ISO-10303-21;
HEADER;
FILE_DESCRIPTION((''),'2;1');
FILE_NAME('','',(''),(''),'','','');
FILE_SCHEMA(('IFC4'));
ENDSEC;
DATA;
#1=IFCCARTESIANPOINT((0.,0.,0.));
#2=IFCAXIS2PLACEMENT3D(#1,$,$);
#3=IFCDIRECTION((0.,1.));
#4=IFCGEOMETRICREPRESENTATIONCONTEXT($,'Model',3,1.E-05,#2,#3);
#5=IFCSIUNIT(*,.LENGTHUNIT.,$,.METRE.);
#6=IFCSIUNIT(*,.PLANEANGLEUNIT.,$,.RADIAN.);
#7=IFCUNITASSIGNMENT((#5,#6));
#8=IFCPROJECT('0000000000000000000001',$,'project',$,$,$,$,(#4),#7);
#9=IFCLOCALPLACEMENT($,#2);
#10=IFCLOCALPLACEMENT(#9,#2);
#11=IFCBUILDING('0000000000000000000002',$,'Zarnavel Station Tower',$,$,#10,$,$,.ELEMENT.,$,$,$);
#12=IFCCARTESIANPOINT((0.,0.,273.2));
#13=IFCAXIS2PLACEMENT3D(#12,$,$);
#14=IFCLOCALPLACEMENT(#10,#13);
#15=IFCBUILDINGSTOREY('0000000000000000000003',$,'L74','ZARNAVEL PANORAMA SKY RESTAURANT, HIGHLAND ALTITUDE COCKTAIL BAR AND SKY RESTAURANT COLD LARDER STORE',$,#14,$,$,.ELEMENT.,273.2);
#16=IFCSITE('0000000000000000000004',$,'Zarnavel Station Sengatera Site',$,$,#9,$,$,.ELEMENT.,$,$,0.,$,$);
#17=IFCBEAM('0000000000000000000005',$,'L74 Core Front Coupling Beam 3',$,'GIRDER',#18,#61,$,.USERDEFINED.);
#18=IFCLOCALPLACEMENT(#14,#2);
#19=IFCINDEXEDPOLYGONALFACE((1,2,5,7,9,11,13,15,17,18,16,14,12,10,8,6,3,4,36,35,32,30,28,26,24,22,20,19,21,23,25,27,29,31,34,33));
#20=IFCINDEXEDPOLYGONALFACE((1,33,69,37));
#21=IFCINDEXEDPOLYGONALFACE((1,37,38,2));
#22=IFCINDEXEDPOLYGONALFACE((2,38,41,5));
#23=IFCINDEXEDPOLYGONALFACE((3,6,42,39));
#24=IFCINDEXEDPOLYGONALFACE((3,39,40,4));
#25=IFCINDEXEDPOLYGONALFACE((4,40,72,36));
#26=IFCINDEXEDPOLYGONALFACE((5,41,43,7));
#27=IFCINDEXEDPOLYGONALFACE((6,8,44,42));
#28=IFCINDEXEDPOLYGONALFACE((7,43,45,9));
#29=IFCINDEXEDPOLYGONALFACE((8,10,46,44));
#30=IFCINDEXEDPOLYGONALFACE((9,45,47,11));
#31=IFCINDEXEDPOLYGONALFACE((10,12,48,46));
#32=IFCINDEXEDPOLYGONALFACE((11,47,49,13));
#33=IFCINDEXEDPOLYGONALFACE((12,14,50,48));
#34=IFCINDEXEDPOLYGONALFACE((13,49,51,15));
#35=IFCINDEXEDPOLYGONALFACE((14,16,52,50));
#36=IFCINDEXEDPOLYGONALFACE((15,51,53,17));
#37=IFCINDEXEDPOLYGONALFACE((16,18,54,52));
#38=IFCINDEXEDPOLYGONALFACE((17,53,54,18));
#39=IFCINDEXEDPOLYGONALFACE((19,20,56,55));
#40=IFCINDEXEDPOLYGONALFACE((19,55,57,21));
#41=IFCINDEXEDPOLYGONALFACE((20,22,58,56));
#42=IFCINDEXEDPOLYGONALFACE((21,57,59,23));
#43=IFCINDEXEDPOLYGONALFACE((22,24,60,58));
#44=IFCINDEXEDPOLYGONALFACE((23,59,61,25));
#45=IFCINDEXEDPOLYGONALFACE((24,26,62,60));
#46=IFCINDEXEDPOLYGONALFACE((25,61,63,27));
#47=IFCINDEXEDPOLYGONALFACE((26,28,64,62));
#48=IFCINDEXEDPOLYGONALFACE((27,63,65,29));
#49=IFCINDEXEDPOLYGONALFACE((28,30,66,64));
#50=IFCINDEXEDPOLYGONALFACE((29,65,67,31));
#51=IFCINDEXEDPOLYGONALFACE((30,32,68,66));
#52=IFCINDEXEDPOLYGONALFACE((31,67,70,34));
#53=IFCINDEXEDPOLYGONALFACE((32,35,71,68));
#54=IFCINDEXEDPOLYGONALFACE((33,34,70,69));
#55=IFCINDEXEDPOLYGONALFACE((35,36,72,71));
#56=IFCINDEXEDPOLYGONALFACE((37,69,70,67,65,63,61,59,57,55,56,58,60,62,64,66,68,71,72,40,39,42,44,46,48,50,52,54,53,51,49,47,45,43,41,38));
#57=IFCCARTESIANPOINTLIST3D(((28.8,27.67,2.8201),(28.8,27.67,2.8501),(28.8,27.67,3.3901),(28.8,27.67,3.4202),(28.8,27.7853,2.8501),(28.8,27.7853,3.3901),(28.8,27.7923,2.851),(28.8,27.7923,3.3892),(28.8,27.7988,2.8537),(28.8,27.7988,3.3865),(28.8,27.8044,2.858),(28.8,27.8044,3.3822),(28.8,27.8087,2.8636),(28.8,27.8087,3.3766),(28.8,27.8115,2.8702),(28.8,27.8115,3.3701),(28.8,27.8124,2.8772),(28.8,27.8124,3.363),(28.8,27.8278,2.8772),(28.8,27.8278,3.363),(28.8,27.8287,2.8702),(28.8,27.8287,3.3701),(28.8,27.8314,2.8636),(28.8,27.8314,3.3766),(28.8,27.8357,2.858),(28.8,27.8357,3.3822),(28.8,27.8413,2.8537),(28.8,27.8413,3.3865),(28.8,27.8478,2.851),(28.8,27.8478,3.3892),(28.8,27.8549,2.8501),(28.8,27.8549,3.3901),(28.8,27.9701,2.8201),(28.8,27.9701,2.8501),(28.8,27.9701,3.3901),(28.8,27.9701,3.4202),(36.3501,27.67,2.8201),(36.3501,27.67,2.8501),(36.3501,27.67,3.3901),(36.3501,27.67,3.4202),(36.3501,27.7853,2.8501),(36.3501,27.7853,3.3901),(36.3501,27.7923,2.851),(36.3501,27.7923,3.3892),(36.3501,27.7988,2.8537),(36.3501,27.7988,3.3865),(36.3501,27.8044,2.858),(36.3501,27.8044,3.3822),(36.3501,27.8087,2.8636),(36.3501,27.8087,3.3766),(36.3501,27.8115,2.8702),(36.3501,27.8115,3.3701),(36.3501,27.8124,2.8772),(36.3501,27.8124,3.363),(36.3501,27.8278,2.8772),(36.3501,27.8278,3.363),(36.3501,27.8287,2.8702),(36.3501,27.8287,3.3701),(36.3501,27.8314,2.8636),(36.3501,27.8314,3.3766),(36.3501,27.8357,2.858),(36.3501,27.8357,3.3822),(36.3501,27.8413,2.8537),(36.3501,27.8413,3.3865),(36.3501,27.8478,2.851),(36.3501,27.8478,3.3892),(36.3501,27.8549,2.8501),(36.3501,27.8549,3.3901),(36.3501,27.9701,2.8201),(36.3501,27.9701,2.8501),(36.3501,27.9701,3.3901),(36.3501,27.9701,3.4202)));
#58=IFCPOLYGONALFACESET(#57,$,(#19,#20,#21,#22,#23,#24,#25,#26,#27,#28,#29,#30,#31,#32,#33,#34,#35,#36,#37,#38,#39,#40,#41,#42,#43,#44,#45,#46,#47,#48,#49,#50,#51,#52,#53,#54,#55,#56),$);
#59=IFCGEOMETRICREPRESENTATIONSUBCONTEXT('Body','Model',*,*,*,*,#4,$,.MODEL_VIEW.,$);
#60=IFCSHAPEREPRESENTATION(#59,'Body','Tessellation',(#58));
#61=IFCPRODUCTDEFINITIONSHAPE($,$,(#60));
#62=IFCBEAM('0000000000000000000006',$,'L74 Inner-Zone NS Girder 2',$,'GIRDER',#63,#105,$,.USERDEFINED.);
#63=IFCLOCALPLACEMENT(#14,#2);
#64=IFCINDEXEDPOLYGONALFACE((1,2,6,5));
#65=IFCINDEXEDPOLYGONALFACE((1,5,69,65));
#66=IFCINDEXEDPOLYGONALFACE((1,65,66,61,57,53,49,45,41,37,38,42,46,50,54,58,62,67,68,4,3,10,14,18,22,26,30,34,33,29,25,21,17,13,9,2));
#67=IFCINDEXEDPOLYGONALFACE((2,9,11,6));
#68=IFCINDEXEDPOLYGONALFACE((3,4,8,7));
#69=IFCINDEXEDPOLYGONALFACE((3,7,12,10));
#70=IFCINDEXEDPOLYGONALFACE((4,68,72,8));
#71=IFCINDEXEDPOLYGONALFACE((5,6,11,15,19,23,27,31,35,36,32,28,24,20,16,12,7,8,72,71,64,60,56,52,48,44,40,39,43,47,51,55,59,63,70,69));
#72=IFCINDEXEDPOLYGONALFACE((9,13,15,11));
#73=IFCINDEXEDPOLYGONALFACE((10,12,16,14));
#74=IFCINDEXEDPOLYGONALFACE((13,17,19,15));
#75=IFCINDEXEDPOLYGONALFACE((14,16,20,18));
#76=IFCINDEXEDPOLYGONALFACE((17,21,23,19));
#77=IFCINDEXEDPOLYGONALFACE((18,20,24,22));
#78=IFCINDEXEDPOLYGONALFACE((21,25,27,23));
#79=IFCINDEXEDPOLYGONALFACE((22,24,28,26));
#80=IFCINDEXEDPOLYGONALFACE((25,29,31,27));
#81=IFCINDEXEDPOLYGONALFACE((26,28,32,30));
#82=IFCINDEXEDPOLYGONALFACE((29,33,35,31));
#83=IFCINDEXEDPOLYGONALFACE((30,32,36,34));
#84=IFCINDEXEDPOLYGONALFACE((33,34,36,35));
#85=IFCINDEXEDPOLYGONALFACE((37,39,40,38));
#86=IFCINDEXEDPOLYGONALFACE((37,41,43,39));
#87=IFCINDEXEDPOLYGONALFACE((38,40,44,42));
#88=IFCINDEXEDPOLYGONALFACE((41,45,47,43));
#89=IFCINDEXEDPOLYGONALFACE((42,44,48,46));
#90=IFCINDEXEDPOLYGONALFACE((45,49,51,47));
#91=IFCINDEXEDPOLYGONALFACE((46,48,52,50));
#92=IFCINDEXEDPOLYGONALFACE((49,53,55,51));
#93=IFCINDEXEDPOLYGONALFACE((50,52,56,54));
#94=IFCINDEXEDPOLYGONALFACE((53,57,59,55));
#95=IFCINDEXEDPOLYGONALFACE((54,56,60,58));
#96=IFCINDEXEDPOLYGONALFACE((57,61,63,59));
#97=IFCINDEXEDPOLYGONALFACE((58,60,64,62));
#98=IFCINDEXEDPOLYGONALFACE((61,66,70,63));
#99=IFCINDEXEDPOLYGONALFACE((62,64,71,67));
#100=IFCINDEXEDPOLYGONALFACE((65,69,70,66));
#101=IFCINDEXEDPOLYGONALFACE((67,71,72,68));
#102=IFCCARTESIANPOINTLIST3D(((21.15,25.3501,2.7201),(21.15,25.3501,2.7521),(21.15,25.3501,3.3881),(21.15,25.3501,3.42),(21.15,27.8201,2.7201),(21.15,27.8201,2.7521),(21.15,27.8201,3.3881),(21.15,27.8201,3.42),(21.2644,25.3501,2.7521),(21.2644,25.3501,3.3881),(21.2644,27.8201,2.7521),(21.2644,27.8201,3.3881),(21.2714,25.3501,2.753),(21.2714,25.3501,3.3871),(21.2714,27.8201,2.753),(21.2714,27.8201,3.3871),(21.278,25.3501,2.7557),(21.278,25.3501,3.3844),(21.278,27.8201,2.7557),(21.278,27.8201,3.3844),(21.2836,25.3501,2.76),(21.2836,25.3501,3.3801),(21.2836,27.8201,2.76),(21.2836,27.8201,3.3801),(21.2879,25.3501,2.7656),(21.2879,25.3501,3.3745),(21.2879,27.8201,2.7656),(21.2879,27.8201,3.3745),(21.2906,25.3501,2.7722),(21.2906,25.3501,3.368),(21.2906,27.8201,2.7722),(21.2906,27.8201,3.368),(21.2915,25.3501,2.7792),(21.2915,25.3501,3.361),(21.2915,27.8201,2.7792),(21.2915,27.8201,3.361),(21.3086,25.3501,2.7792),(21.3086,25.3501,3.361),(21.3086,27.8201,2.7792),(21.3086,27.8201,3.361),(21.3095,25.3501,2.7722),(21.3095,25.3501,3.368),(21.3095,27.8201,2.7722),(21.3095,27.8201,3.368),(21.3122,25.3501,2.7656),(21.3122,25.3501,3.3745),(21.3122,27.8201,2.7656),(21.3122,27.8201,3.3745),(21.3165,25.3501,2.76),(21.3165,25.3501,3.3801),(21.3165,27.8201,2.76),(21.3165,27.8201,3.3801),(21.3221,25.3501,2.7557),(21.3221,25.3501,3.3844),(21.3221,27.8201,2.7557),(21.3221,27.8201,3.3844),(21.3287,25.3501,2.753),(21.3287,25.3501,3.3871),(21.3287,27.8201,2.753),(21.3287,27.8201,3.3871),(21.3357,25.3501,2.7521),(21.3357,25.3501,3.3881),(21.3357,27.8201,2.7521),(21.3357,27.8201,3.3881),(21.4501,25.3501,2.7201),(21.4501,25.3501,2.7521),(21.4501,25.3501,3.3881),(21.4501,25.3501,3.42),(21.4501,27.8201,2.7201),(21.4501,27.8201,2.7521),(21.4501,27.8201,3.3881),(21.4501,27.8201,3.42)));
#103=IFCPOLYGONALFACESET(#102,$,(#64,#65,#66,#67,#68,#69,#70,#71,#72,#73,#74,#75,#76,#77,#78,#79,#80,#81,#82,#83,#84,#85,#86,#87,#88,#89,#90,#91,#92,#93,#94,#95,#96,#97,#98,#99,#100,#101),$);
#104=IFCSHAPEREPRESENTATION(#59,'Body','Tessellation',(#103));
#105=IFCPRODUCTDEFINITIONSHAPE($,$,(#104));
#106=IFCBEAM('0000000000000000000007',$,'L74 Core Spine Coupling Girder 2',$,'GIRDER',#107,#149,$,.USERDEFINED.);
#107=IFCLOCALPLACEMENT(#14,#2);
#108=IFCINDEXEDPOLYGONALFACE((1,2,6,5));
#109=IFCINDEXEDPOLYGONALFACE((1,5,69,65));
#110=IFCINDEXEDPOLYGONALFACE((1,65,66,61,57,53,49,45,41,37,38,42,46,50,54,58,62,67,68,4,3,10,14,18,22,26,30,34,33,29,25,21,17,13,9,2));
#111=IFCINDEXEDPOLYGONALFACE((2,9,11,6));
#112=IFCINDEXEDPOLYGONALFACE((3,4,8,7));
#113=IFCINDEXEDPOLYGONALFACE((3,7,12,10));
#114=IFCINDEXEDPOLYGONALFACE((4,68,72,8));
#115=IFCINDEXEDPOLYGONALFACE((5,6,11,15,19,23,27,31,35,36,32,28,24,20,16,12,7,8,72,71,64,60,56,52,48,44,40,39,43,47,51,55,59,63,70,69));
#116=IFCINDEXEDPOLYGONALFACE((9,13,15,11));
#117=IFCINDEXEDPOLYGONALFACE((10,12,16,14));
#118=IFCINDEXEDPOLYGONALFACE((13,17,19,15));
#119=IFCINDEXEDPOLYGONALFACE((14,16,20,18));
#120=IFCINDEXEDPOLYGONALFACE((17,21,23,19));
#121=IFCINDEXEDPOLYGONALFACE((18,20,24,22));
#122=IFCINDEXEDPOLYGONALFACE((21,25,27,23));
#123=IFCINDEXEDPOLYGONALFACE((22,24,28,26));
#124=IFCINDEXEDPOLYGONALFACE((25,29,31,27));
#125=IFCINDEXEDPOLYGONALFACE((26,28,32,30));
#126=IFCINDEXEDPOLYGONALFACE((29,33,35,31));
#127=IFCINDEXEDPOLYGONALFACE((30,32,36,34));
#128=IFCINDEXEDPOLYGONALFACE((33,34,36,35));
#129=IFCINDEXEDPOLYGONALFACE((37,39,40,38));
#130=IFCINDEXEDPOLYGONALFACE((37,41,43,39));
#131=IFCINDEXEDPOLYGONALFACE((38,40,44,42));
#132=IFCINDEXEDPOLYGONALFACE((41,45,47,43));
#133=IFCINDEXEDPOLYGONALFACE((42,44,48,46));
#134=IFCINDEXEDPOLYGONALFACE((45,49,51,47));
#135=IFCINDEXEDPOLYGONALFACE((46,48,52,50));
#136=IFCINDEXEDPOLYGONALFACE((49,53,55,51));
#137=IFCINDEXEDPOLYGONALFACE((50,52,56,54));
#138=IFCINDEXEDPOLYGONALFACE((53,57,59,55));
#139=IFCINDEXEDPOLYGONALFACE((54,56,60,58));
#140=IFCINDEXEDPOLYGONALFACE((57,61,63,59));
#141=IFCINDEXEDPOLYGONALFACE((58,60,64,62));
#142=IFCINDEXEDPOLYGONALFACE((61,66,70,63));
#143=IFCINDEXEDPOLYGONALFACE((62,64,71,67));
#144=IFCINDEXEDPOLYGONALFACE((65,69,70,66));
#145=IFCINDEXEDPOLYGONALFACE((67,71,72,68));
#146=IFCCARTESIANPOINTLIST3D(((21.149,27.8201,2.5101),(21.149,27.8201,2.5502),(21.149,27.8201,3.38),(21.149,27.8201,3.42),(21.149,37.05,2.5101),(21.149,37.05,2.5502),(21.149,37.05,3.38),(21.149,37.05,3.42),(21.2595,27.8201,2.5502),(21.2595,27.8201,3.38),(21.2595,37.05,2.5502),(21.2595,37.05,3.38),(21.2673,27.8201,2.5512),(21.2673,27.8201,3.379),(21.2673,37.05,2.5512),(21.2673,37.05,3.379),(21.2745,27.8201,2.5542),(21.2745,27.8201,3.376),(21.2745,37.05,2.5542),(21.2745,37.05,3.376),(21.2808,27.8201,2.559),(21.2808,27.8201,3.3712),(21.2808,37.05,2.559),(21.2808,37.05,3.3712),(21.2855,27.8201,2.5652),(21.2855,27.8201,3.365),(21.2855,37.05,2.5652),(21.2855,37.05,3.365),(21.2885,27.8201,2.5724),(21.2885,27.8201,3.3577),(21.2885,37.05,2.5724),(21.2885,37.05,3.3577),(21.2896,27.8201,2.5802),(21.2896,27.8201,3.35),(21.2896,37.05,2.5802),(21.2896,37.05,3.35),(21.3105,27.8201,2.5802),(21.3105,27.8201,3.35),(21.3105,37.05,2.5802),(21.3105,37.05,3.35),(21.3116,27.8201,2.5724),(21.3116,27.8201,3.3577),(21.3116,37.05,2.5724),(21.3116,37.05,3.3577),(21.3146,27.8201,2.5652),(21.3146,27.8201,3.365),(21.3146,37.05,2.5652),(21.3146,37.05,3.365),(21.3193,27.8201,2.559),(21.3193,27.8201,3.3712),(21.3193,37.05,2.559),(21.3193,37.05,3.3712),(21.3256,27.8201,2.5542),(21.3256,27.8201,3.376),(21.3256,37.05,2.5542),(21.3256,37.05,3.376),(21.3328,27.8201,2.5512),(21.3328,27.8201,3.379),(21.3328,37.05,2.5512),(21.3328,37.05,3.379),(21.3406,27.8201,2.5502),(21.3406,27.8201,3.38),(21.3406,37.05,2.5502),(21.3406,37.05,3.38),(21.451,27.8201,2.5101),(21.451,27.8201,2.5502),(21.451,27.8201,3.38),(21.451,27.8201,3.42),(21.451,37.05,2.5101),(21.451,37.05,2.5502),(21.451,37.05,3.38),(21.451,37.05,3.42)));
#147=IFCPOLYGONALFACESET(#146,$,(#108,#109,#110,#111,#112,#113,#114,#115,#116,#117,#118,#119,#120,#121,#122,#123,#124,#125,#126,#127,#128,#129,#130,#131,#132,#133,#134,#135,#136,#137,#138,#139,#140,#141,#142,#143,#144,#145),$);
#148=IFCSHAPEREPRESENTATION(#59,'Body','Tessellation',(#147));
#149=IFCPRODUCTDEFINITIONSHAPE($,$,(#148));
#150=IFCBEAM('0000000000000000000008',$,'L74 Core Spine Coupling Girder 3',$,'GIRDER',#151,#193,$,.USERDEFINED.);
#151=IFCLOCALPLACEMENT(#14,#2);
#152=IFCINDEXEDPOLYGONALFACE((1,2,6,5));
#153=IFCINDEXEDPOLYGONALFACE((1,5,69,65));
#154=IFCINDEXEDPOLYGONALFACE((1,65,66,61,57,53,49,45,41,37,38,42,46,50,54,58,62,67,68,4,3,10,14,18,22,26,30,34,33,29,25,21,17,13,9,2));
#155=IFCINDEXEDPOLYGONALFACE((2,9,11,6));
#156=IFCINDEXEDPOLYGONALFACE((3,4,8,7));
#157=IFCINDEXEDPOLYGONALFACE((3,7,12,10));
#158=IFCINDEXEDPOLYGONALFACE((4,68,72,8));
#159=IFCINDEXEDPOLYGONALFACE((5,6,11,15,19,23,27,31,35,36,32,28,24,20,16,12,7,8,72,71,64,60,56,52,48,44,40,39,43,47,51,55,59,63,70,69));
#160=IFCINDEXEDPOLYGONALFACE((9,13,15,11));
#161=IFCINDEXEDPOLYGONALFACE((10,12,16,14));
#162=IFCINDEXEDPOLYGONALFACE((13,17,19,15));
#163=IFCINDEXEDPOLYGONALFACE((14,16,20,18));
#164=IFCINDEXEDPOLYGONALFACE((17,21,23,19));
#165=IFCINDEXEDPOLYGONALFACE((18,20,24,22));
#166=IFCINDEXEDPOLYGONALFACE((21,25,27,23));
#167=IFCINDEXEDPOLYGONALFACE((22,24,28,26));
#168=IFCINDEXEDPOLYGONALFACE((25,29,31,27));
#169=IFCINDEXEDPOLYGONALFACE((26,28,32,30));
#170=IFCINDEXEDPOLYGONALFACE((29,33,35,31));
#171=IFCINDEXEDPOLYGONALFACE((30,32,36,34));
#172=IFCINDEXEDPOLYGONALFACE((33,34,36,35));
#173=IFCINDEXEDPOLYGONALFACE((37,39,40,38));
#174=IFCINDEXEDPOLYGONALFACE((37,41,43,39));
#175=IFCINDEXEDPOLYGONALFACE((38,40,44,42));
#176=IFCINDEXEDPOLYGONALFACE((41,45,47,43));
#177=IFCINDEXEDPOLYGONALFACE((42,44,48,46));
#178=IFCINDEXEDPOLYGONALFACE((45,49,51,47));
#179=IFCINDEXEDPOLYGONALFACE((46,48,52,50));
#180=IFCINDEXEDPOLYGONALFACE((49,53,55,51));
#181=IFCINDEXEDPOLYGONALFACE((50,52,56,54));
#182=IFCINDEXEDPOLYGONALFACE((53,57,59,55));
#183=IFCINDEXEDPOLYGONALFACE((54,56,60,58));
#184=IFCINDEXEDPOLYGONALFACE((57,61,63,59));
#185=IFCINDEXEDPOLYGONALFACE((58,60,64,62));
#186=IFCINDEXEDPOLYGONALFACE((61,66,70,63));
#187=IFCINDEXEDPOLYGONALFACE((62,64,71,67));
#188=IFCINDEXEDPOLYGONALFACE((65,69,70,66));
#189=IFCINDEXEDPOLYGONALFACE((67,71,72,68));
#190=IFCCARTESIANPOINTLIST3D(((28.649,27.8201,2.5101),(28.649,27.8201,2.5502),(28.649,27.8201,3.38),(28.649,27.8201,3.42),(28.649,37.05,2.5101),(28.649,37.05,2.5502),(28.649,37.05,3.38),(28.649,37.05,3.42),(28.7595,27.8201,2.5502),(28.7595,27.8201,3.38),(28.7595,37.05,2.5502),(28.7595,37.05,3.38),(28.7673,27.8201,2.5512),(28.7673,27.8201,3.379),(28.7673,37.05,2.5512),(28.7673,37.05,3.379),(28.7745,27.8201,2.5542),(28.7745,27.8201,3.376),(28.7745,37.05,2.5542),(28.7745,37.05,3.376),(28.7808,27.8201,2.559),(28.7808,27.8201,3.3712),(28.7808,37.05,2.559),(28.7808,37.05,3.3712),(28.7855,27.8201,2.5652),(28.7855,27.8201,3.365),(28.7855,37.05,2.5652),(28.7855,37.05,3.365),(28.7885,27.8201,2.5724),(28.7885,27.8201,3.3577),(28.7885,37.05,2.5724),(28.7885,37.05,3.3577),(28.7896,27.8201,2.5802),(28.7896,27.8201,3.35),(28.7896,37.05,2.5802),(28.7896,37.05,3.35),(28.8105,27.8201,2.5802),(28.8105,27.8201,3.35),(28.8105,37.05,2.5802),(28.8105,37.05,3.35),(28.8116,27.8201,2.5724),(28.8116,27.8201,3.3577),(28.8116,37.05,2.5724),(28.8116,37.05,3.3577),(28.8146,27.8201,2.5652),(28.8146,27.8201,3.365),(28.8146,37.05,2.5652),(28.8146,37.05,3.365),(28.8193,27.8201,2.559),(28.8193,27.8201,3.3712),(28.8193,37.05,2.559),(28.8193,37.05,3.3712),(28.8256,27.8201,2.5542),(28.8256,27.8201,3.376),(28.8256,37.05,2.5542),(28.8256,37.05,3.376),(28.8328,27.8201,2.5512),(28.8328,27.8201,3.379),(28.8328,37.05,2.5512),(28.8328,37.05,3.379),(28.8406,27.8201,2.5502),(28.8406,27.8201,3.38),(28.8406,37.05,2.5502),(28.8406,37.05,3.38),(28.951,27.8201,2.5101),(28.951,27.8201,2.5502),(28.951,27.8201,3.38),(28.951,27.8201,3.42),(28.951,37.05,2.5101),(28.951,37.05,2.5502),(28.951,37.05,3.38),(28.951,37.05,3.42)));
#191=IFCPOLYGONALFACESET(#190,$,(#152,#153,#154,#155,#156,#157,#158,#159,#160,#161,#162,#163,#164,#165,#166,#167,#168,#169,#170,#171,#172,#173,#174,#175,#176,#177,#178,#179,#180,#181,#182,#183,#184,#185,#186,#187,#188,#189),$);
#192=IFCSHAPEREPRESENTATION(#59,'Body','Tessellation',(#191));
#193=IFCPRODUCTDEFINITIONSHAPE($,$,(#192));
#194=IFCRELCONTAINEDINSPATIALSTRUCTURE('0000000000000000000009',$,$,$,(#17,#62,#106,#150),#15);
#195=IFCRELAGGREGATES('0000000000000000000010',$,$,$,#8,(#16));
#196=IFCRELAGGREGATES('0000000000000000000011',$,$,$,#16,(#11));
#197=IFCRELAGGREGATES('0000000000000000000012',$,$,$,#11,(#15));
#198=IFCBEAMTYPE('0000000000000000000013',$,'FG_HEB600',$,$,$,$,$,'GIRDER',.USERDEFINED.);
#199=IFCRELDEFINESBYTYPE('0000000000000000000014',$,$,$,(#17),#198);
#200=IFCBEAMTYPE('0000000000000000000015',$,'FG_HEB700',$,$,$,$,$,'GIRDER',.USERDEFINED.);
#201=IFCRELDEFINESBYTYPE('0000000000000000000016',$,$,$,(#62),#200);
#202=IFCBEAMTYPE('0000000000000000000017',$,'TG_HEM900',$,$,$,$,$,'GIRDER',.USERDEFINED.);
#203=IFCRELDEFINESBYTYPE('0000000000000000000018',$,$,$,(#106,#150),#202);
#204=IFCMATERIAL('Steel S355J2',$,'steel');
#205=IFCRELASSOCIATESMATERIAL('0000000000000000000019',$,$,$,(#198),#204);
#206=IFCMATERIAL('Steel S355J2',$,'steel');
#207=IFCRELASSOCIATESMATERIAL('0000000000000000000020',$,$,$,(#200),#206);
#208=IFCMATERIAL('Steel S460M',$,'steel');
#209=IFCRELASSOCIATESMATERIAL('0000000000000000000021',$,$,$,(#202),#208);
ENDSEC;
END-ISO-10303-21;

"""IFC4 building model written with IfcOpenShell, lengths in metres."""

from ifc_helpers import new_model, si_unit, direction, frame, origin, origin_2d, place, context, subcontext, project, spatial, i_section, extrude, material, material_profile, profile_set, type_object, element, save


model = new_model("IFC4")

# Units and contexts
model_context = context("Model", 3, precision=1e-05, world=origin(), true_north=direction((0.0, 1.0)))
body_context = subcontext(model_context, "Body", "Model", "MODEL_VIEW")
ifc_project = project(units=[si_unit("LENGTHUNIT", "METRE"), si_unit("PLANEANGLEUNIT", "RADIAN")], contexts=[model_context])

# Site, building, storey
site_placement = place(None, origin())
site = spatial("IfcSite", under=ifc_project, at=site_placement, Name="Zarnavel Station Sengatera Site", CompositionType="ELEMENT", RefElevation=0.0)
building_placement = place(site_placement, origin())
building = spatial("IfcBuilding", under=site, at=building_placement, Name="Zarnavel Station Tower", CompositionType="ELEMENT")
storey_placement = place(building_placement, frame((0.0, 0.0, 273.2)))
storey = spatial("IfcBuildingStorey", under=building, at=storey_placement, Name="L74", Description="ZARNAVEL PANORAMA SKY RESTAURANT, HIGHLAND ALTITUDE COCKTAIL BAR AND SKY RESTAURANT COLD LARDER STORE", CompositionType="ELEMENT", Elevation=273.2)

# Beams
ifc_material_1 = material(Name="Steel S355J2", Category="steel")
ifc_material_profile_1 = material_profile(ifc_material_1, i_section(OverallWidth=0.3, OverallDepth=0.6001, WebThickness=0.0154, FlangeThickness=0.03, FilletRadius=0.0271, at=origin_2d()), Name="HEB600")
ifc_profile_set_1 = profile_set([ifc_material_profile_1], Name="Steel S355J2")
beam_type_1 = type_object("IfcBeamType", Name="FG_HEB600", ElementType="GIRDER", PredefinedType="USERDEFINED", material=ifc_profile_set_1)
beam_1_placement = place(storey_placement, frame((28.8, 27.8201, 3.1201), z_axis=(1.0, 0.0, 0.0), x_axis=(0.0, 1.0, 0.0)))
element("IfcBeam", 1, at=beam_1_placement, inside=storey, type_object=beam_type_1, Name="L74 Core Front Coupling Beam 3", ObjectType="GIRDER", PredefinedType="USERDEFINED", context=body_context, shape_type="SweptSolid", body=[
    extrude(i_section(OverallWidth=0.3, OverallDepth=0.6001, WebThickness=0.0154, FlangeThickness=0.03, FilletRadius=0.0271, at=origin_2d()), origin(), (0.0, 0.0, 1.0), 7.55),
])
ifc_material_2 = material(Name="Steel S355J2", Category="steel")
ifc_material_profile_2 = material_profile(ifc_material_2, i_section(OverallWidth=0.3, OverallDepth=0.7, WebThickness=0.0171, FlangeThickness=0.032, FilletRadius=0.0271, at=origin_2d()), Name="HEB700")
ifc_profile_set_2 = profile_set([ifc_material_profile_2], Name="Steel S355J2")
beam_type_2 = type_object("IfcBeamType", Name="FG_HEB700", ElementType="GIRDER", PredefinedType="USERDEFINED", material=ifc_profile_set_2)
beam_2_placement = place(storey_placement, frame((21.3, 25.3501, 3.0701), z_axis=(0.0, 1.0, 0.0), x_axis=(-1.0, 0.0, 0.0)))
element("IfcBeam", 2, at=beam_2_placement, inside=storey, type_object=beam_type_2, Name="L74 Inner-Zone NS Girder 2", ObjectType="GIRDER", PredefinedType="USERDEFINED", context=body_context, shape_type="SweptSolid", body=[
    extrude(i_section(OverallWidth=0.3, OverallDepth=0.7, WebThickness=0.0171, FlangeThickness=0.032, FilletRadius=0.0271, at=origin_2d()), origin(), (0.0, 0.0, 1.0), 2.47),
])
ifc_material_3 = material(Name="Steel S460M", Category="steel")
ifc_material_profile_3 = material_profile(ifc_material_3, i_section(OverallWidth=0.302, OverallDepth=0.9099, WebThickness=0.021, FlangeThickness=0.04, FilletRadius=0.03, at=origin_2d()), Name="HEM900")
ifc_profile_set_3 = profile_set([ifc_material_profile_3], Name="Steel S460M")
beam_type_3 = type_object("IfcBeamType", Name="TG_HEM900", ElementType="GIRDER", PredefinedType="USERDEFINED", material=ifc_profile_set_3)
for number, where, z_axis, x_axis, name in (
    (3, (21.3, 27.8201, 2.9651), (0.0, 1.0, 0.0), (-1.0, 0.0, 0.0), "L74 Core Spine Coupling Girder 2"),
    (4, (28.8, 27.8201, 2.9651), (0.0, 1.0, 0.0), (-1.0, 0.0, 0.0), "L74 Core Spine Coupling Girder 3"),
):
    element("IfcBeam", number, at=place(storey_placement, frame(where, z_axis=z_axis, x_axis=x_axis)), inside=storey, type_object=beam_type_3, Name=name, ObjectType="GIRDER", PredefinedType="USERDEFINED", context=body_context, shape_type="SweptSolid", body=[
        extrude(i_section(OverallWidth=0.302, OverallDepth=0.9099, WebThickness=0.021, FlangeThickness=0.04, FilletRadius=0.03, at=origin_2d()), origin(), (0.0, 0.0, 1.0), 9.23),
    ])

save(model, "model.ifc")
